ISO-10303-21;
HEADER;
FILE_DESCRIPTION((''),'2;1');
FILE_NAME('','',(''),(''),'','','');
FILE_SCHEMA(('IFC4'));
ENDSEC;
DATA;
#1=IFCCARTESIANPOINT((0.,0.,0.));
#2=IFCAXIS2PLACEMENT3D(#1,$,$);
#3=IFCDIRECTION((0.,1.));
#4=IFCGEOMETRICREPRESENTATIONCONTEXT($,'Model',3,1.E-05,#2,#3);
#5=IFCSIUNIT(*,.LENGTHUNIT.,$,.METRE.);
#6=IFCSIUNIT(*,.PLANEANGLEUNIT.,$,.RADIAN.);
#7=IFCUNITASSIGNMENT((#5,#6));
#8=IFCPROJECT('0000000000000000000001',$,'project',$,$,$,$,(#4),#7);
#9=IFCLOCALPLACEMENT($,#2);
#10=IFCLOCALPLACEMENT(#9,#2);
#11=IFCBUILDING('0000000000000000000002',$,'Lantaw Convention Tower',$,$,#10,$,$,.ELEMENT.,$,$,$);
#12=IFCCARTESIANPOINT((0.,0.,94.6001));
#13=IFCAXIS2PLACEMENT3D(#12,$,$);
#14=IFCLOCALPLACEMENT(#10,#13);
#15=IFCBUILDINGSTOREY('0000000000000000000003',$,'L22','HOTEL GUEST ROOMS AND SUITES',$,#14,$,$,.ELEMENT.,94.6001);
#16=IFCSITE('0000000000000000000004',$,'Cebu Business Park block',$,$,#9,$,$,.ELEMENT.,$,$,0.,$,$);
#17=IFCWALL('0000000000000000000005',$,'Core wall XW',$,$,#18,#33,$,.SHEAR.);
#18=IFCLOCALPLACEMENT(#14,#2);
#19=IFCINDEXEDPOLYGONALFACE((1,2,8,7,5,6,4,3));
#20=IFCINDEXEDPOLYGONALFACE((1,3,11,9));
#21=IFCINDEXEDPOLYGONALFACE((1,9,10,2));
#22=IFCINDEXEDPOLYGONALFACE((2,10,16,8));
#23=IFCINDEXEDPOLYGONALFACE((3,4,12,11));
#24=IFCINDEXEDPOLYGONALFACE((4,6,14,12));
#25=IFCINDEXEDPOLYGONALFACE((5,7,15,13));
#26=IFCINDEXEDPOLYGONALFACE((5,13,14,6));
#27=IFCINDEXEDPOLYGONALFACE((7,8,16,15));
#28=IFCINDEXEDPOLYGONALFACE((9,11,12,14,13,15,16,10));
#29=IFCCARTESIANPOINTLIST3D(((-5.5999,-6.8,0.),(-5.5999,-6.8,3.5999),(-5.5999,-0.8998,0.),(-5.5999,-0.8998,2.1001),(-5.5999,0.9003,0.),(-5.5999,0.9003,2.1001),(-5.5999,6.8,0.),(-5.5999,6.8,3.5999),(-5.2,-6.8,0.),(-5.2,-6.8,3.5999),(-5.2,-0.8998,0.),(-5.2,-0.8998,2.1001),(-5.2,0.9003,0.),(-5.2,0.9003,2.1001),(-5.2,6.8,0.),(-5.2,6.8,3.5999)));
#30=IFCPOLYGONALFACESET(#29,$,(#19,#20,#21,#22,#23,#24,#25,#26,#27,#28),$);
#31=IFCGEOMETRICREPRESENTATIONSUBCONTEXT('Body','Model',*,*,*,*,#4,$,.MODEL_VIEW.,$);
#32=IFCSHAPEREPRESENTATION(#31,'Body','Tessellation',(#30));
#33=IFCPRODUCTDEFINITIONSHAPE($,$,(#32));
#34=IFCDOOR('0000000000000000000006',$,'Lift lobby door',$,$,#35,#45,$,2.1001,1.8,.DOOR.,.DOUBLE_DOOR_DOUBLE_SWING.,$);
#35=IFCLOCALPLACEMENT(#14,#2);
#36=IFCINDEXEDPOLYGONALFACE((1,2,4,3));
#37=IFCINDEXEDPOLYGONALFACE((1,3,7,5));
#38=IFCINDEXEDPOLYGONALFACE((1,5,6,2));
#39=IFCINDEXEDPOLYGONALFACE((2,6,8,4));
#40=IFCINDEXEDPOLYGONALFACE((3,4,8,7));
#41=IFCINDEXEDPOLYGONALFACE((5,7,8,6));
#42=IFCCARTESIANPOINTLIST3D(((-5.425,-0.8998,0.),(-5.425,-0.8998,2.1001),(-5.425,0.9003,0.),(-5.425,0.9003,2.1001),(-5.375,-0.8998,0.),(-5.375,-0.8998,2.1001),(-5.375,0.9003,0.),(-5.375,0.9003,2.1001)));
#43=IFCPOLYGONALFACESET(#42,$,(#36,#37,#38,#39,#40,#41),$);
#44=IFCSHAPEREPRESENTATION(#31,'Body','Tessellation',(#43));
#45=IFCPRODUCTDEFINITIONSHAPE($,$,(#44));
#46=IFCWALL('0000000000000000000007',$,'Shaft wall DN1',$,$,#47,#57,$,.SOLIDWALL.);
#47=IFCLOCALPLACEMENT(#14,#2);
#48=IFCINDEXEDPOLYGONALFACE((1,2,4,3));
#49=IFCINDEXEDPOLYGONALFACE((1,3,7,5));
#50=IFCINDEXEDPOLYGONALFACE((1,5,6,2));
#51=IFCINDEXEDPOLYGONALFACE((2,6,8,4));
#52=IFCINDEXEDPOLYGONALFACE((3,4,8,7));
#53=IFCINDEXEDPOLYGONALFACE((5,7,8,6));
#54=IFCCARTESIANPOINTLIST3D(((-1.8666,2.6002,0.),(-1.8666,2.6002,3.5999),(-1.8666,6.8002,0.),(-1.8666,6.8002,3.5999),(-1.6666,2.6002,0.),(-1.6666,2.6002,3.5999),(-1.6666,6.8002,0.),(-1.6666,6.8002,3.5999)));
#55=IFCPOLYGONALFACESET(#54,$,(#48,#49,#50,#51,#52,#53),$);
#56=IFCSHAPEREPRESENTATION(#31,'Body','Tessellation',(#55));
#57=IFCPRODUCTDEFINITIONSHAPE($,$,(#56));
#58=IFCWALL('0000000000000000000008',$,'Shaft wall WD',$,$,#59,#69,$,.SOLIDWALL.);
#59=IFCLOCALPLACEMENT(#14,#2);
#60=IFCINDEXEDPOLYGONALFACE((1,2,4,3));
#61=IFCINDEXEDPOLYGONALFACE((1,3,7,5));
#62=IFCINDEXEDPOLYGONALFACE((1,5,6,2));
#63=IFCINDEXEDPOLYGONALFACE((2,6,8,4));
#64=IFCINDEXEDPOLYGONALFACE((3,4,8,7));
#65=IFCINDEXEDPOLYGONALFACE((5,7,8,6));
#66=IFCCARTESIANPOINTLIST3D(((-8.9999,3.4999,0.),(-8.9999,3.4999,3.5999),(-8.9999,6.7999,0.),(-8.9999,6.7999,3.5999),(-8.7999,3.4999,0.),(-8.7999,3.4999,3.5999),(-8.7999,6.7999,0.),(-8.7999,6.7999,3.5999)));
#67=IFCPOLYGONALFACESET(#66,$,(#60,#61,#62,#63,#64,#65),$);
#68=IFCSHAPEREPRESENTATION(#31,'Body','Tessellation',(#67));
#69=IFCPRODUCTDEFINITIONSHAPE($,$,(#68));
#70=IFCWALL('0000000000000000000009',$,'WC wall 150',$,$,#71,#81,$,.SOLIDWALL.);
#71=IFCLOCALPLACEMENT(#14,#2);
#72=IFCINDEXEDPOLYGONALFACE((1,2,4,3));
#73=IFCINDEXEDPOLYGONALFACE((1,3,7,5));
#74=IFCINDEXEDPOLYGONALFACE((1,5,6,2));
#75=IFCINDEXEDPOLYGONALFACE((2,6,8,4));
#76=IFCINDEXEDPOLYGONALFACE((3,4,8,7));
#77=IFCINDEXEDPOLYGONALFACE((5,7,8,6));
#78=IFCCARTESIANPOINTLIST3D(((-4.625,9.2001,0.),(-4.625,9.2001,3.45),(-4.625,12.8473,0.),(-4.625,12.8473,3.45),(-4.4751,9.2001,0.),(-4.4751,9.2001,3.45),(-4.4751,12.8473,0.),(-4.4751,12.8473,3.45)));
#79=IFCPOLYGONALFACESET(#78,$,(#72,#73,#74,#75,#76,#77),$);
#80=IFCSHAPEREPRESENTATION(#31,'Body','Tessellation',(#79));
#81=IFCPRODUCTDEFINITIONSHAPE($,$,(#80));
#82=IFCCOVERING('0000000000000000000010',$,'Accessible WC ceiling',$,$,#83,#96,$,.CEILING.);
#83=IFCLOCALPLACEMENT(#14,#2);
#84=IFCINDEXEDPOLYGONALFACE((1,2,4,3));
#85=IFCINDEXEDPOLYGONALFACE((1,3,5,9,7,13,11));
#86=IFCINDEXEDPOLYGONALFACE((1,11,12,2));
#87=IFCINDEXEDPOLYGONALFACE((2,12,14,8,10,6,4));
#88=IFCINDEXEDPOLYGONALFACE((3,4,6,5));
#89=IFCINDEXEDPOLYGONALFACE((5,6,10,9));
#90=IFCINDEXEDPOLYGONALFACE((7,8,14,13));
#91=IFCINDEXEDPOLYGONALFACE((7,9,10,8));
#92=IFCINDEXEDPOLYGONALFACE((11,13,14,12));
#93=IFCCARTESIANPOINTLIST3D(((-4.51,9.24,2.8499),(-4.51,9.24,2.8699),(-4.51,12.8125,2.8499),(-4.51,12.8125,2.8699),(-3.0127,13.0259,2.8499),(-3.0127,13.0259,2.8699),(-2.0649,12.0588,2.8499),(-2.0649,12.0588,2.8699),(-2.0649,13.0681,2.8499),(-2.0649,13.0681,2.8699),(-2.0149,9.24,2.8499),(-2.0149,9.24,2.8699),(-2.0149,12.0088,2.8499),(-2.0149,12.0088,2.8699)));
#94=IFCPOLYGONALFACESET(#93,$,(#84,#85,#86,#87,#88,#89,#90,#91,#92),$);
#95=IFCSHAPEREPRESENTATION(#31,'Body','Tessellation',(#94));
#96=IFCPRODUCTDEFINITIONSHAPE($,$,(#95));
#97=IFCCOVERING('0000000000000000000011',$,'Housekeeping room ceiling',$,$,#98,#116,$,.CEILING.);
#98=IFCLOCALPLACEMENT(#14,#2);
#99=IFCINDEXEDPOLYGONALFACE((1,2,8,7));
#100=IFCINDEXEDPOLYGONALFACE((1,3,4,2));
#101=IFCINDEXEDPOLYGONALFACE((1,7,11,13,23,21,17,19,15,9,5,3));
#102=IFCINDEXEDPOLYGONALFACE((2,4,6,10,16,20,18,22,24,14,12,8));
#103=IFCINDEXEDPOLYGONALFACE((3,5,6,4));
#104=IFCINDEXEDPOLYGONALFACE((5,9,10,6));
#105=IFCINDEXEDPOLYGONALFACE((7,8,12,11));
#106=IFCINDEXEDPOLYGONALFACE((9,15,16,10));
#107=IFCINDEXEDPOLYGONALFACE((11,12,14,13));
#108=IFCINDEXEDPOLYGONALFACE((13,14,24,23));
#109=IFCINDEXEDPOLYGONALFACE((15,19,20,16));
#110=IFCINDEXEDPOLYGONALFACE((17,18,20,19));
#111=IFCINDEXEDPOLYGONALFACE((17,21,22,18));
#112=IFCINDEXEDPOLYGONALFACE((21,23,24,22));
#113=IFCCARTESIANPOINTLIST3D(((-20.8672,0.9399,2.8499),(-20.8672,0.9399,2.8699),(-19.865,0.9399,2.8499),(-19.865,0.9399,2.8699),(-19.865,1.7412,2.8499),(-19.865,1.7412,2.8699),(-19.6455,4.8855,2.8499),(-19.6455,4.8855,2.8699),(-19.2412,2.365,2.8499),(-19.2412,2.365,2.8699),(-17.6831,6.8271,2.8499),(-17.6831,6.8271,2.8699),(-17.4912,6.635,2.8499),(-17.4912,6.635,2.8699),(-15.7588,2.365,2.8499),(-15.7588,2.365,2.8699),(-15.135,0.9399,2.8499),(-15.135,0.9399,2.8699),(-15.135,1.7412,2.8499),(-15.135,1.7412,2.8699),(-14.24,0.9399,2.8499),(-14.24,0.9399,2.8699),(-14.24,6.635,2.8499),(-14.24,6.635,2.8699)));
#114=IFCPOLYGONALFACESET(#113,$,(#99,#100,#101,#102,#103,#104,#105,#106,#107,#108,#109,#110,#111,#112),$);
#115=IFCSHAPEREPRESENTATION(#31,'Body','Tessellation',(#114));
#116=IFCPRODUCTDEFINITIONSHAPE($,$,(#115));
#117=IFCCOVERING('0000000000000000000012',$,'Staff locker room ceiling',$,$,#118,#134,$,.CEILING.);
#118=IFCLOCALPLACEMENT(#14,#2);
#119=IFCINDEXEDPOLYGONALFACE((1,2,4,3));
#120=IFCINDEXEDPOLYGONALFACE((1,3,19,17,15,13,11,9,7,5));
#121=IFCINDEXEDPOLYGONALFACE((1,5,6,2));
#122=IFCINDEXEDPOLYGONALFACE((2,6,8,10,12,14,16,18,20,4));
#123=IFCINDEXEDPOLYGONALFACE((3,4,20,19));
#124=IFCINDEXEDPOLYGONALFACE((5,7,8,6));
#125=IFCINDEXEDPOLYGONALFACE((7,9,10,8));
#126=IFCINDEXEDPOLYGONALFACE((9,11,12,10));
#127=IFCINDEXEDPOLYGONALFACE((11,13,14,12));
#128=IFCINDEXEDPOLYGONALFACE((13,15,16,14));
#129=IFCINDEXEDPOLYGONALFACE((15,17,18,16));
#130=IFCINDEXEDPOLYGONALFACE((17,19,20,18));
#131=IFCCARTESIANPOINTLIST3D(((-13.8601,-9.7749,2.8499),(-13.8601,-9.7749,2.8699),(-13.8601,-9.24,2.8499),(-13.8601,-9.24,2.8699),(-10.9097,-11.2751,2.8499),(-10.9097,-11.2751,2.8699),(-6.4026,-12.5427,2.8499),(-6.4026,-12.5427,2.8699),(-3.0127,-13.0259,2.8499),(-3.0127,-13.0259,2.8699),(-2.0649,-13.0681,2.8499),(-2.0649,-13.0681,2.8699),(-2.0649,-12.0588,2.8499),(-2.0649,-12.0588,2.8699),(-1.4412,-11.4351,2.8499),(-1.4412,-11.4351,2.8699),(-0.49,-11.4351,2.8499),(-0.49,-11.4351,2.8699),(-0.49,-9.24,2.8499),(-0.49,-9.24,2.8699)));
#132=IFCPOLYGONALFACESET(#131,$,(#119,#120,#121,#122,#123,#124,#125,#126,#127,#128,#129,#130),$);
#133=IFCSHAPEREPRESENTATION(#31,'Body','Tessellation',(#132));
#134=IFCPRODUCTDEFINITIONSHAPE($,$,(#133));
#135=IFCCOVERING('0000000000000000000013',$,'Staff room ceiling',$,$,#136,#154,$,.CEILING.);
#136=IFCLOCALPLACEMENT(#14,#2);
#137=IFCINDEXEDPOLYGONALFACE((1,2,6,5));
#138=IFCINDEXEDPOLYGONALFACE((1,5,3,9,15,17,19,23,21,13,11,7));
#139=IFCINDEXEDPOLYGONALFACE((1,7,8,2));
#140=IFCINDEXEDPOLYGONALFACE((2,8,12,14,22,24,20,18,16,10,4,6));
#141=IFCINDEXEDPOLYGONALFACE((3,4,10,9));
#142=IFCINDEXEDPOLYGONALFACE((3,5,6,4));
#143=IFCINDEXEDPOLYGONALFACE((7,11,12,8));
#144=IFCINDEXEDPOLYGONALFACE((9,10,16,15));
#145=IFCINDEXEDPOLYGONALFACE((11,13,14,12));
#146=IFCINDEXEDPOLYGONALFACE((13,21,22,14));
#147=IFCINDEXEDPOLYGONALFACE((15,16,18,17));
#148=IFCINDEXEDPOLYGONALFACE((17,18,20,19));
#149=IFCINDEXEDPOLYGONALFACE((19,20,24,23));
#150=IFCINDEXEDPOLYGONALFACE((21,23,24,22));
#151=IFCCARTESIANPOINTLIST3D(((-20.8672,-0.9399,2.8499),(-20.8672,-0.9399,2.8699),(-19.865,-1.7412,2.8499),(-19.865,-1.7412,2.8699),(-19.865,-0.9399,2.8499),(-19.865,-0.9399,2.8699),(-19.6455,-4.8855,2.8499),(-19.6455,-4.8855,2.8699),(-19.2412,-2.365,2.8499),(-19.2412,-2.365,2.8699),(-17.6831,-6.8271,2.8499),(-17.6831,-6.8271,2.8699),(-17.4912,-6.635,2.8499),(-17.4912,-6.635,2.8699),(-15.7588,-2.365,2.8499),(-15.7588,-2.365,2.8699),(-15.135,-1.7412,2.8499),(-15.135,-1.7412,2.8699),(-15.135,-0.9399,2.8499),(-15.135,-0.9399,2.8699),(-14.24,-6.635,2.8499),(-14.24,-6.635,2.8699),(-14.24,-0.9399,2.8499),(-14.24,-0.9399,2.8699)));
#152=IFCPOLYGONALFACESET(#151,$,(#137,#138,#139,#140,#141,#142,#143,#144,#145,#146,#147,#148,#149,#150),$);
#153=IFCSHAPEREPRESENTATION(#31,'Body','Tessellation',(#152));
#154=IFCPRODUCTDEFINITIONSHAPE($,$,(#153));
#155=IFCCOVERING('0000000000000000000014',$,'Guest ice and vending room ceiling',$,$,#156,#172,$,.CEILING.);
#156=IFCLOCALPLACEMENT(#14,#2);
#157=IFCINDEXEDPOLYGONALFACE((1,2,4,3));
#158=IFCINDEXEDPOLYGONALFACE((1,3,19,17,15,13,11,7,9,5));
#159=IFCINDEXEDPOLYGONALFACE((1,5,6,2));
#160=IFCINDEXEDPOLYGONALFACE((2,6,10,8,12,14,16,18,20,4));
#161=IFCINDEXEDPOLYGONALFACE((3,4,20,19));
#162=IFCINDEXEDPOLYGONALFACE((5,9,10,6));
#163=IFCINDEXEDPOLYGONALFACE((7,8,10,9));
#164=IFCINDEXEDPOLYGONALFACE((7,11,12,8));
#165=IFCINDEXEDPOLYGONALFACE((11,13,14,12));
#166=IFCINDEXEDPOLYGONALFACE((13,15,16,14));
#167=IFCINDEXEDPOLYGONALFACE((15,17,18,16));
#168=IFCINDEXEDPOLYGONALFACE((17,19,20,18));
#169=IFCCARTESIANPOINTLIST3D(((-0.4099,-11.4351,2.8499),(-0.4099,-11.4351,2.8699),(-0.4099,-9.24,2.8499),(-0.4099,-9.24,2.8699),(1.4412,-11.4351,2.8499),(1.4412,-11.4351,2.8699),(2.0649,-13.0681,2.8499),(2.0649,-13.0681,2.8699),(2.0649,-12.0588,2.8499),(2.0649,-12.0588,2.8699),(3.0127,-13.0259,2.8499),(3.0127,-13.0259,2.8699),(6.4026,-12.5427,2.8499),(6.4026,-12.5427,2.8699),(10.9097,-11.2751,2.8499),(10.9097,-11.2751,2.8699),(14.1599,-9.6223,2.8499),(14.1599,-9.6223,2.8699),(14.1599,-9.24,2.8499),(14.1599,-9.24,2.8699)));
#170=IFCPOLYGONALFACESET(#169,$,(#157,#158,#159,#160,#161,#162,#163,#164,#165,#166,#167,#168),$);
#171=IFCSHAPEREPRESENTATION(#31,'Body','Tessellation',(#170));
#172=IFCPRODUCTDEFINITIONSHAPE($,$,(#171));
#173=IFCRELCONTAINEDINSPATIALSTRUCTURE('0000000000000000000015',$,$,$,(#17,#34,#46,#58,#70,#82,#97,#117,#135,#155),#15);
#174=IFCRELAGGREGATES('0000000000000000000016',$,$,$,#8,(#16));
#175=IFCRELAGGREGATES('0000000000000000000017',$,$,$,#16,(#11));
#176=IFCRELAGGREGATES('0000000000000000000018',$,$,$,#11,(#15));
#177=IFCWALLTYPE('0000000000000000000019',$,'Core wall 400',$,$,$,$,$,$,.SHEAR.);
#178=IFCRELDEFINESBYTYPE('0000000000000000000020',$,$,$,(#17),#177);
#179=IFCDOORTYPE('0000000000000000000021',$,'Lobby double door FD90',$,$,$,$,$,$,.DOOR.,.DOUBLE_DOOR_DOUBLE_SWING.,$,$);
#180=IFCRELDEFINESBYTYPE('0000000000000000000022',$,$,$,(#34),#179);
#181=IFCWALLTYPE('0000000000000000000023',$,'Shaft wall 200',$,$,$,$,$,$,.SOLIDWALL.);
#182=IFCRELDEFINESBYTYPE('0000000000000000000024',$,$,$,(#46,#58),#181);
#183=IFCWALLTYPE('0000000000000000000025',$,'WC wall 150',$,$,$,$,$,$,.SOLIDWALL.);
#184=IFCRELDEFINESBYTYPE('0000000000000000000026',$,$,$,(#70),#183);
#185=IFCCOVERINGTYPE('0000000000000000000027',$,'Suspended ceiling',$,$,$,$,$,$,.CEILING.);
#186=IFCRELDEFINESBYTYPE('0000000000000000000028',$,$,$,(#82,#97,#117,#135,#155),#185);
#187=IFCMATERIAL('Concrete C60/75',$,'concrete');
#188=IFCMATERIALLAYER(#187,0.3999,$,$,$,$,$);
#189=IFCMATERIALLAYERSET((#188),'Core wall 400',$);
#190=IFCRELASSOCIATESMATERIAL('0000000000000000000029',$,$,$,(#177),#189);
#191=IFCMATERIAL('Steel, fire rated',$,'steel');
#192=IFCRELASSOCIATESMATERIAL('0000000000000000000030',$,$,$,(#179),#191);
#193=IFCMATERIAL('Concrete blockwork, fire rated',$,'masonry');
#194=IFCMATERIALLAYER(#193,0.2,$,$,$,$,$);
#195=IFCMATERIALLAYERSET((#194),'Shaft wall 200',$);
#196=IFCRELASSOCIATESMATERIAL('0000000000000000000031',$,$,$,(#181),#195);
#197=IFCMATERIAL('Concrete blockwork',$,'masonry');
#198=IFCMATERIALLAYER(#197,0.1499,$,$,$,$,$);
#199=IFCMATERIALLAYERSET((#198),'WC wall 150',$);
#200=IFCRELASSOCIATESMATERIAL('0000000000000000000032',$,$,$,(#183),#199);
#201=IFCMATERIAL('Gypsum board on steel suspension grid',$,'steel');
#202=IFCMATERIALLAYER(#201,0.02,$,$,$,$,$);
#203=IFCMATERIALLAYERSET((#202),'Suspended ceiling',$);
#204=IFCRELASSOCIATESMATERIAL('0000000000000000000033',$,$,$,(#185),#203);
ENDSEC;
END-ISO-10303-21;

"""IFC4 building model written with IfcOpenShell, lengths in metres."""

from ifc_helpers import new_model, si_unit, direction, frame, frame_2d, origin, place, context, subcontext, project, spatial, polyline, rectangle, outline, extrude, material, layer, layer_set, type_object, element, fill, save


model = new_model("IFC4")

# Units and contexts
model_context = context("Model", 3, precision=1e-05, world=origin(), true_north=direction((0.0, 1.0)))
body_context = subcontext(model_context, "Body", "Model", "MODEL_VIEW")
ifc_project = project(units=[si_unit("LENGTHUNIT", "METRE"), si_unit("PLANEANGLEUNIT", "RADIAN")], contexts=[model_context])

# Site, building, storey
site_placement = place(None, origin())
site = spatial("IfcSite", under=ifc_project, at=site_placement, Name="Cebu Business Park block", CompositionType="ELEMENT", RefElevation=0.0)
building_placement = place(site_placement, origin())
building = spatial("IfcBuilding", under=site, at=building_placement, Name="Lantaw Convention Tower", CompositionType="ELEMENT")
storey_placement = place(building_placement, frame((0.0, 0.0, 94.6001)))
storey = spatial("IfcBuildingStorey", under=building, at=storey_placement, Name="L22", Description="HOTEL GUEST ROOMS AND SUITES", CompositionType="ELEMENT", Elevation=94.6001)

# Wall, opening, door
ifc_material_1 = material(Name="Concrete C60/75", Category="concrete")
ifc_layer_1 = layer(ifc_material_1, 0.3999)
ifc_layer_set_1 = layer_set([ifc_layer_1], Name="Core wall 400")
wall_type_1 = type_object("IfcWallType", Name="Core wall 400", PredefinedType="SHEAR", material=ifc_layer_set_1)
wall_1_placement = place(storey_placement, frame((-5.3999, 6.8, 0.0), z_axis=(0.0, 0.0, 1.0), x_axis=(0.0, -1.0, 0.0)))
wall_1 = element("IfcWall", 1, at=wall_1_placement, inside=storey, type_object=wall_type_1, Name="Core wall XW", PredefinedType="SHEAR", context=body_context, shape_type="SweptSolid", body=[
    extrude(rectangle(XDim=13.6001, YDim=0.3999, at=frame_2d((6.8, 0.0))), origin(), (0.0, 0.0, 1.0), 3.5999),
])
opening_placement = place(wall_1_placement, frame((5.8999, 0.0, 0.0)))
opening = element("IfcOpeningElement", 2, at=opening_placement, cuts=wall_1, PredefinedType="OPENING", context=body_context, shape_type="SweptSolid", body=[
    extrude(rectangle(XDim=1.8, YDim=2.1001, at=frame_2d((0.8999, 1.05))), frame((0.0, 0.21, 0.0), z_axis=(0.0, -1.0, 0.0), x_axis=(1.0, 0.0, 0.0)), (0.0, 0.0, 1.0), 0.4199),
])
ifc_material_2 = material(Name="Steel, fire rated", Category="steel")
door_type = type_object("IfcDoorType", Name="Lobby double door FD90", OperationType="DOUBLE_DOOR_DOUBLE_SWING", PredefinedType="DOOR", material=ifc_material_2)
door_placement = place(opening_placement, origin())
door = element("IfcDoor", 3, at=door_placement, inside=storey, type_object=door_type, Name="Lift lobby door", OperationType="DOUBLE_DOOR_DOUBLE_SWING", OverallHeight=2.1001, OverallWidth=1.8, PredefinedType="DOOR", context=body_context, shape_type="SweptSolid", body=[
    extrude(rectangle(XDim=1.8, YDim=2.1001, at=frame_2d((0.8999, 1.05))), frame((0.0, 0.0249, 0.0), z_axis=(0.0, -1.0, 0.0), x_axis=(1.0, 0.0, 0.0)), (0.0, 0.0, 1.0), 0.05),
])
fill(opening, door)

# Walls
ifc_material_3 = material(Name="Concrete blockwork, fire rated", Category="masonry")
ifc_layer_2 = layer(ifc_material_3, 0.2)
ifc_layer_set_2 = layer_set([ifc_layer_2], Name="Shaft wall 200")
wall_type_2 = type_object("IfcWallType", Name="Shaft wall 200", PredefinedType="SOLIDWALL", material=ifc_layer_set_2)
wall_2_placement = place(storey_placement, frame((-1.7666, 2.6001, 0.0), z_axis=(0.0, 0.0, 1.0), x_axis=(0.0, 1.0, 0.0)))
element("IfcWall", 4, at=wall_2_placement, inside=storey, type_object=wall_type_2, Name="Shaft wall DN1", PredefinedType="SOLIDWALL", context=body_context, shape_type="SweptSolid", body=[
    extrude(rectangle(XDim=4.2, YDim=0.2, at=frame_2d((2.1001, 0.0))), origin(), (0.0, 0.0, 1.0), 3.5999),
])
wall_3_placement = place(storey_placement, frame((-8.8999, 3.5, 0.0), z_axis=(0.0, 0.0, 1.0), x_axis=(0.0, 1.0, 0.0)))
element("IfcWall", 5, at=wall_3_placement, inside=storey, type_object=wall_type_2, Name="Shaft wall WD", PredefinedType="SOLIDWALL", context=body_context, shape_type="SweptSolid", body=[
    extrude(rectangle(XDim=3.3, YDim=0.2, at=frame_2d((1.6499, 0.0))), origin(), (0.0, 0.0, 1.0), 3.5999),
])
ifc_material_4 = material(Name="Concrete blockwork", Category="masonry")
ifc_layer_3 = layer(ifc_material_4, 0.1499)
ifc_layer_set_3 = layer_set([ifc_layer_3], Name="WC wall 150")
wall_type_3 = type_object("IfcWallType", Name="WC wall 150", PredefinedType="SOLIDWALL", material=ifc_layer_set_3)
wall_4_placement = place(storey_placement, frame((-4.55, 9.2, 0.0), z_axis=(0.0, 0.0, 1.0), x_axis=(0.0, 1.0, 0.0)))
element("IfcWall", 6, at=wall_4_placement, inside=storey, type_object=wall_type_3, Name="WC wall 150", PredefinedType="SOLIDWALL", context=body_context, shape_type="SweptSolid", body=[
    extrude(rectangle(XDim=3.6472, YDim=0.1499, at=frame_2d((1.8237, 0.0))), origin(), (0.0, 0.0, 1.0), 3.45),
])

# Coverings
ifc_material_5 = material(Name="Gypsum board on steel suspension grid", Category="steel")
ifc_layer_4 = layer(ifc_material_5, 0.02)
ifc_layer_set_4 = layer_set([ifc_layer_4], Name="Suspended ceiling")
covering_type = type_object("IfcCoveringType", Name="Suspended ceiling", PredefinedType="CEILING", material=ifc_layer_set_4)
covering_1_placement = place(storey_placement, frame((0.0, 0.0, 2.8499)))
element("IfcCovering", 7, at=covering_1_placement, inside=storey, type_object=covering_type, Name="Accessible WC ceiling", PredefinedType="CEILING", context=body_context, shape_type="SweptSolid", body=[
    extrude(outline(polyline([(-2.0649, 13.0681), (-3.0127, 13.0259), (-4.51, 12.8125), (-4.51, 9.24), (-2.0149, 9.24), (-2.0149, 12.0088), (-2.0649, 12.0588), (-2.0649, 13.0681)])), origin(), (0.0, 0.0, 1.0), 0.02),
])
covering_2_placement = place(storey_placement, frame((0.0, 0.0, 2.8499)))
element("IfcCovering", 8, at=covering_2_placement, inside=storey, type_object=covering_type, Name="Housekeeping room ceiling", PredefinedType="CEILING", context=body_context, shape_type="SweptSolid", body=[
    extrude(outline(polyline([(-20.8672, 0.9399), (-19.865, 0.9399), (-19.865, 1.7412), (-19.2412, 2.365), (-15.7588, 2.365), (-15.135, 1.7412), (-15.135, 0.9399), (-14.24, 0.9399), (-14.24, 6.635), (-17.4912, 6.635), (-17.6831, 6.8271), (-19.6455, 4.8855), (-20.8672, 0.9399)])), origin(), (0.0, 0.0, 1.0), 0.02),
])
covering_3_placement = place(storey_placement, frame((0.0, 0.0, 2.8499)))
element("IfcCovering", 9, at=covering_3_placement, inside=storey, type_object=covering_type, Name="Staff locker room ceiling", PredefinedType="CEILING", context=body_context, shape_type="SweptSolid", body=[
    extrude(outline(polyline([(-10.9097, -11.2751), (-6.4026, -12.5427), (-3.0127, -13.0259), (-2.0649, -13.0681), (-2.0649, -12.0588), (-1.4412, -11.4351), (-0.49, -11.4351), (-0.49, -9.24), (-13.8601, -9.24), (-13.8601, -9.7749), (-10.9097, -11.2751)])), origin(), (0.0, 0.0, 1.0), 0.02),
])
covering_4_placement = place(storey_placement, frame((0.0, 0.0, 2.8499)))
element("IfcCovering", 10, at=covering_4_placement, inside=storey, type_object=covering_type, Name="Staff room ceiling", PredefinedType="CEILING", context=body_context, shape_type="SweptSolid", body=[
    extrude(outline(polyline([(-20.8672, -0.9399), (-19.6455, -4.8855), (-17.6831, -6.8271), (-17.4912, -6.635), (-14.24, -6.635), (-14.24, -0.9399), (-15.135, -0.9399), (-15.135, -1.7412), (-15.7588, -2.365), (-19.2412, -2.365), (-19.865, -1.7412), (-19.865, -0.9399), (-20.8672, -0.9399)])), origin(), (0.0, 0.0, 1.0), 0.02),
])
covering_5_placement = place(storey_placement, frame((0.0, 0.0, 2.8499)))
element("IfcCovering", 11, at=covering_5_placement, inside=storey, type_object=covering_type, Name="Guest ice and vending room ceiling", PredefinedType="CEILING", context=body_context, shape_type="SweptSolid", body=[
    extrude(outline(polyline([(2.0649, -13.0681), (3.0127, -13.0259), (6.4026, -12.5427), (10.9097, -11.2751), (14.1599, -9.6223), (14.1599, -9.24), (-0.4099, -9.24), (-0.4099, -11.4351), (1.4412, -11.4351), (2.0649, -12.0588), (2.0649, -13.0681)])), origin(), (0.0, 0.0, 1.0), 0.02),
])

save(model, "model.ifc")
